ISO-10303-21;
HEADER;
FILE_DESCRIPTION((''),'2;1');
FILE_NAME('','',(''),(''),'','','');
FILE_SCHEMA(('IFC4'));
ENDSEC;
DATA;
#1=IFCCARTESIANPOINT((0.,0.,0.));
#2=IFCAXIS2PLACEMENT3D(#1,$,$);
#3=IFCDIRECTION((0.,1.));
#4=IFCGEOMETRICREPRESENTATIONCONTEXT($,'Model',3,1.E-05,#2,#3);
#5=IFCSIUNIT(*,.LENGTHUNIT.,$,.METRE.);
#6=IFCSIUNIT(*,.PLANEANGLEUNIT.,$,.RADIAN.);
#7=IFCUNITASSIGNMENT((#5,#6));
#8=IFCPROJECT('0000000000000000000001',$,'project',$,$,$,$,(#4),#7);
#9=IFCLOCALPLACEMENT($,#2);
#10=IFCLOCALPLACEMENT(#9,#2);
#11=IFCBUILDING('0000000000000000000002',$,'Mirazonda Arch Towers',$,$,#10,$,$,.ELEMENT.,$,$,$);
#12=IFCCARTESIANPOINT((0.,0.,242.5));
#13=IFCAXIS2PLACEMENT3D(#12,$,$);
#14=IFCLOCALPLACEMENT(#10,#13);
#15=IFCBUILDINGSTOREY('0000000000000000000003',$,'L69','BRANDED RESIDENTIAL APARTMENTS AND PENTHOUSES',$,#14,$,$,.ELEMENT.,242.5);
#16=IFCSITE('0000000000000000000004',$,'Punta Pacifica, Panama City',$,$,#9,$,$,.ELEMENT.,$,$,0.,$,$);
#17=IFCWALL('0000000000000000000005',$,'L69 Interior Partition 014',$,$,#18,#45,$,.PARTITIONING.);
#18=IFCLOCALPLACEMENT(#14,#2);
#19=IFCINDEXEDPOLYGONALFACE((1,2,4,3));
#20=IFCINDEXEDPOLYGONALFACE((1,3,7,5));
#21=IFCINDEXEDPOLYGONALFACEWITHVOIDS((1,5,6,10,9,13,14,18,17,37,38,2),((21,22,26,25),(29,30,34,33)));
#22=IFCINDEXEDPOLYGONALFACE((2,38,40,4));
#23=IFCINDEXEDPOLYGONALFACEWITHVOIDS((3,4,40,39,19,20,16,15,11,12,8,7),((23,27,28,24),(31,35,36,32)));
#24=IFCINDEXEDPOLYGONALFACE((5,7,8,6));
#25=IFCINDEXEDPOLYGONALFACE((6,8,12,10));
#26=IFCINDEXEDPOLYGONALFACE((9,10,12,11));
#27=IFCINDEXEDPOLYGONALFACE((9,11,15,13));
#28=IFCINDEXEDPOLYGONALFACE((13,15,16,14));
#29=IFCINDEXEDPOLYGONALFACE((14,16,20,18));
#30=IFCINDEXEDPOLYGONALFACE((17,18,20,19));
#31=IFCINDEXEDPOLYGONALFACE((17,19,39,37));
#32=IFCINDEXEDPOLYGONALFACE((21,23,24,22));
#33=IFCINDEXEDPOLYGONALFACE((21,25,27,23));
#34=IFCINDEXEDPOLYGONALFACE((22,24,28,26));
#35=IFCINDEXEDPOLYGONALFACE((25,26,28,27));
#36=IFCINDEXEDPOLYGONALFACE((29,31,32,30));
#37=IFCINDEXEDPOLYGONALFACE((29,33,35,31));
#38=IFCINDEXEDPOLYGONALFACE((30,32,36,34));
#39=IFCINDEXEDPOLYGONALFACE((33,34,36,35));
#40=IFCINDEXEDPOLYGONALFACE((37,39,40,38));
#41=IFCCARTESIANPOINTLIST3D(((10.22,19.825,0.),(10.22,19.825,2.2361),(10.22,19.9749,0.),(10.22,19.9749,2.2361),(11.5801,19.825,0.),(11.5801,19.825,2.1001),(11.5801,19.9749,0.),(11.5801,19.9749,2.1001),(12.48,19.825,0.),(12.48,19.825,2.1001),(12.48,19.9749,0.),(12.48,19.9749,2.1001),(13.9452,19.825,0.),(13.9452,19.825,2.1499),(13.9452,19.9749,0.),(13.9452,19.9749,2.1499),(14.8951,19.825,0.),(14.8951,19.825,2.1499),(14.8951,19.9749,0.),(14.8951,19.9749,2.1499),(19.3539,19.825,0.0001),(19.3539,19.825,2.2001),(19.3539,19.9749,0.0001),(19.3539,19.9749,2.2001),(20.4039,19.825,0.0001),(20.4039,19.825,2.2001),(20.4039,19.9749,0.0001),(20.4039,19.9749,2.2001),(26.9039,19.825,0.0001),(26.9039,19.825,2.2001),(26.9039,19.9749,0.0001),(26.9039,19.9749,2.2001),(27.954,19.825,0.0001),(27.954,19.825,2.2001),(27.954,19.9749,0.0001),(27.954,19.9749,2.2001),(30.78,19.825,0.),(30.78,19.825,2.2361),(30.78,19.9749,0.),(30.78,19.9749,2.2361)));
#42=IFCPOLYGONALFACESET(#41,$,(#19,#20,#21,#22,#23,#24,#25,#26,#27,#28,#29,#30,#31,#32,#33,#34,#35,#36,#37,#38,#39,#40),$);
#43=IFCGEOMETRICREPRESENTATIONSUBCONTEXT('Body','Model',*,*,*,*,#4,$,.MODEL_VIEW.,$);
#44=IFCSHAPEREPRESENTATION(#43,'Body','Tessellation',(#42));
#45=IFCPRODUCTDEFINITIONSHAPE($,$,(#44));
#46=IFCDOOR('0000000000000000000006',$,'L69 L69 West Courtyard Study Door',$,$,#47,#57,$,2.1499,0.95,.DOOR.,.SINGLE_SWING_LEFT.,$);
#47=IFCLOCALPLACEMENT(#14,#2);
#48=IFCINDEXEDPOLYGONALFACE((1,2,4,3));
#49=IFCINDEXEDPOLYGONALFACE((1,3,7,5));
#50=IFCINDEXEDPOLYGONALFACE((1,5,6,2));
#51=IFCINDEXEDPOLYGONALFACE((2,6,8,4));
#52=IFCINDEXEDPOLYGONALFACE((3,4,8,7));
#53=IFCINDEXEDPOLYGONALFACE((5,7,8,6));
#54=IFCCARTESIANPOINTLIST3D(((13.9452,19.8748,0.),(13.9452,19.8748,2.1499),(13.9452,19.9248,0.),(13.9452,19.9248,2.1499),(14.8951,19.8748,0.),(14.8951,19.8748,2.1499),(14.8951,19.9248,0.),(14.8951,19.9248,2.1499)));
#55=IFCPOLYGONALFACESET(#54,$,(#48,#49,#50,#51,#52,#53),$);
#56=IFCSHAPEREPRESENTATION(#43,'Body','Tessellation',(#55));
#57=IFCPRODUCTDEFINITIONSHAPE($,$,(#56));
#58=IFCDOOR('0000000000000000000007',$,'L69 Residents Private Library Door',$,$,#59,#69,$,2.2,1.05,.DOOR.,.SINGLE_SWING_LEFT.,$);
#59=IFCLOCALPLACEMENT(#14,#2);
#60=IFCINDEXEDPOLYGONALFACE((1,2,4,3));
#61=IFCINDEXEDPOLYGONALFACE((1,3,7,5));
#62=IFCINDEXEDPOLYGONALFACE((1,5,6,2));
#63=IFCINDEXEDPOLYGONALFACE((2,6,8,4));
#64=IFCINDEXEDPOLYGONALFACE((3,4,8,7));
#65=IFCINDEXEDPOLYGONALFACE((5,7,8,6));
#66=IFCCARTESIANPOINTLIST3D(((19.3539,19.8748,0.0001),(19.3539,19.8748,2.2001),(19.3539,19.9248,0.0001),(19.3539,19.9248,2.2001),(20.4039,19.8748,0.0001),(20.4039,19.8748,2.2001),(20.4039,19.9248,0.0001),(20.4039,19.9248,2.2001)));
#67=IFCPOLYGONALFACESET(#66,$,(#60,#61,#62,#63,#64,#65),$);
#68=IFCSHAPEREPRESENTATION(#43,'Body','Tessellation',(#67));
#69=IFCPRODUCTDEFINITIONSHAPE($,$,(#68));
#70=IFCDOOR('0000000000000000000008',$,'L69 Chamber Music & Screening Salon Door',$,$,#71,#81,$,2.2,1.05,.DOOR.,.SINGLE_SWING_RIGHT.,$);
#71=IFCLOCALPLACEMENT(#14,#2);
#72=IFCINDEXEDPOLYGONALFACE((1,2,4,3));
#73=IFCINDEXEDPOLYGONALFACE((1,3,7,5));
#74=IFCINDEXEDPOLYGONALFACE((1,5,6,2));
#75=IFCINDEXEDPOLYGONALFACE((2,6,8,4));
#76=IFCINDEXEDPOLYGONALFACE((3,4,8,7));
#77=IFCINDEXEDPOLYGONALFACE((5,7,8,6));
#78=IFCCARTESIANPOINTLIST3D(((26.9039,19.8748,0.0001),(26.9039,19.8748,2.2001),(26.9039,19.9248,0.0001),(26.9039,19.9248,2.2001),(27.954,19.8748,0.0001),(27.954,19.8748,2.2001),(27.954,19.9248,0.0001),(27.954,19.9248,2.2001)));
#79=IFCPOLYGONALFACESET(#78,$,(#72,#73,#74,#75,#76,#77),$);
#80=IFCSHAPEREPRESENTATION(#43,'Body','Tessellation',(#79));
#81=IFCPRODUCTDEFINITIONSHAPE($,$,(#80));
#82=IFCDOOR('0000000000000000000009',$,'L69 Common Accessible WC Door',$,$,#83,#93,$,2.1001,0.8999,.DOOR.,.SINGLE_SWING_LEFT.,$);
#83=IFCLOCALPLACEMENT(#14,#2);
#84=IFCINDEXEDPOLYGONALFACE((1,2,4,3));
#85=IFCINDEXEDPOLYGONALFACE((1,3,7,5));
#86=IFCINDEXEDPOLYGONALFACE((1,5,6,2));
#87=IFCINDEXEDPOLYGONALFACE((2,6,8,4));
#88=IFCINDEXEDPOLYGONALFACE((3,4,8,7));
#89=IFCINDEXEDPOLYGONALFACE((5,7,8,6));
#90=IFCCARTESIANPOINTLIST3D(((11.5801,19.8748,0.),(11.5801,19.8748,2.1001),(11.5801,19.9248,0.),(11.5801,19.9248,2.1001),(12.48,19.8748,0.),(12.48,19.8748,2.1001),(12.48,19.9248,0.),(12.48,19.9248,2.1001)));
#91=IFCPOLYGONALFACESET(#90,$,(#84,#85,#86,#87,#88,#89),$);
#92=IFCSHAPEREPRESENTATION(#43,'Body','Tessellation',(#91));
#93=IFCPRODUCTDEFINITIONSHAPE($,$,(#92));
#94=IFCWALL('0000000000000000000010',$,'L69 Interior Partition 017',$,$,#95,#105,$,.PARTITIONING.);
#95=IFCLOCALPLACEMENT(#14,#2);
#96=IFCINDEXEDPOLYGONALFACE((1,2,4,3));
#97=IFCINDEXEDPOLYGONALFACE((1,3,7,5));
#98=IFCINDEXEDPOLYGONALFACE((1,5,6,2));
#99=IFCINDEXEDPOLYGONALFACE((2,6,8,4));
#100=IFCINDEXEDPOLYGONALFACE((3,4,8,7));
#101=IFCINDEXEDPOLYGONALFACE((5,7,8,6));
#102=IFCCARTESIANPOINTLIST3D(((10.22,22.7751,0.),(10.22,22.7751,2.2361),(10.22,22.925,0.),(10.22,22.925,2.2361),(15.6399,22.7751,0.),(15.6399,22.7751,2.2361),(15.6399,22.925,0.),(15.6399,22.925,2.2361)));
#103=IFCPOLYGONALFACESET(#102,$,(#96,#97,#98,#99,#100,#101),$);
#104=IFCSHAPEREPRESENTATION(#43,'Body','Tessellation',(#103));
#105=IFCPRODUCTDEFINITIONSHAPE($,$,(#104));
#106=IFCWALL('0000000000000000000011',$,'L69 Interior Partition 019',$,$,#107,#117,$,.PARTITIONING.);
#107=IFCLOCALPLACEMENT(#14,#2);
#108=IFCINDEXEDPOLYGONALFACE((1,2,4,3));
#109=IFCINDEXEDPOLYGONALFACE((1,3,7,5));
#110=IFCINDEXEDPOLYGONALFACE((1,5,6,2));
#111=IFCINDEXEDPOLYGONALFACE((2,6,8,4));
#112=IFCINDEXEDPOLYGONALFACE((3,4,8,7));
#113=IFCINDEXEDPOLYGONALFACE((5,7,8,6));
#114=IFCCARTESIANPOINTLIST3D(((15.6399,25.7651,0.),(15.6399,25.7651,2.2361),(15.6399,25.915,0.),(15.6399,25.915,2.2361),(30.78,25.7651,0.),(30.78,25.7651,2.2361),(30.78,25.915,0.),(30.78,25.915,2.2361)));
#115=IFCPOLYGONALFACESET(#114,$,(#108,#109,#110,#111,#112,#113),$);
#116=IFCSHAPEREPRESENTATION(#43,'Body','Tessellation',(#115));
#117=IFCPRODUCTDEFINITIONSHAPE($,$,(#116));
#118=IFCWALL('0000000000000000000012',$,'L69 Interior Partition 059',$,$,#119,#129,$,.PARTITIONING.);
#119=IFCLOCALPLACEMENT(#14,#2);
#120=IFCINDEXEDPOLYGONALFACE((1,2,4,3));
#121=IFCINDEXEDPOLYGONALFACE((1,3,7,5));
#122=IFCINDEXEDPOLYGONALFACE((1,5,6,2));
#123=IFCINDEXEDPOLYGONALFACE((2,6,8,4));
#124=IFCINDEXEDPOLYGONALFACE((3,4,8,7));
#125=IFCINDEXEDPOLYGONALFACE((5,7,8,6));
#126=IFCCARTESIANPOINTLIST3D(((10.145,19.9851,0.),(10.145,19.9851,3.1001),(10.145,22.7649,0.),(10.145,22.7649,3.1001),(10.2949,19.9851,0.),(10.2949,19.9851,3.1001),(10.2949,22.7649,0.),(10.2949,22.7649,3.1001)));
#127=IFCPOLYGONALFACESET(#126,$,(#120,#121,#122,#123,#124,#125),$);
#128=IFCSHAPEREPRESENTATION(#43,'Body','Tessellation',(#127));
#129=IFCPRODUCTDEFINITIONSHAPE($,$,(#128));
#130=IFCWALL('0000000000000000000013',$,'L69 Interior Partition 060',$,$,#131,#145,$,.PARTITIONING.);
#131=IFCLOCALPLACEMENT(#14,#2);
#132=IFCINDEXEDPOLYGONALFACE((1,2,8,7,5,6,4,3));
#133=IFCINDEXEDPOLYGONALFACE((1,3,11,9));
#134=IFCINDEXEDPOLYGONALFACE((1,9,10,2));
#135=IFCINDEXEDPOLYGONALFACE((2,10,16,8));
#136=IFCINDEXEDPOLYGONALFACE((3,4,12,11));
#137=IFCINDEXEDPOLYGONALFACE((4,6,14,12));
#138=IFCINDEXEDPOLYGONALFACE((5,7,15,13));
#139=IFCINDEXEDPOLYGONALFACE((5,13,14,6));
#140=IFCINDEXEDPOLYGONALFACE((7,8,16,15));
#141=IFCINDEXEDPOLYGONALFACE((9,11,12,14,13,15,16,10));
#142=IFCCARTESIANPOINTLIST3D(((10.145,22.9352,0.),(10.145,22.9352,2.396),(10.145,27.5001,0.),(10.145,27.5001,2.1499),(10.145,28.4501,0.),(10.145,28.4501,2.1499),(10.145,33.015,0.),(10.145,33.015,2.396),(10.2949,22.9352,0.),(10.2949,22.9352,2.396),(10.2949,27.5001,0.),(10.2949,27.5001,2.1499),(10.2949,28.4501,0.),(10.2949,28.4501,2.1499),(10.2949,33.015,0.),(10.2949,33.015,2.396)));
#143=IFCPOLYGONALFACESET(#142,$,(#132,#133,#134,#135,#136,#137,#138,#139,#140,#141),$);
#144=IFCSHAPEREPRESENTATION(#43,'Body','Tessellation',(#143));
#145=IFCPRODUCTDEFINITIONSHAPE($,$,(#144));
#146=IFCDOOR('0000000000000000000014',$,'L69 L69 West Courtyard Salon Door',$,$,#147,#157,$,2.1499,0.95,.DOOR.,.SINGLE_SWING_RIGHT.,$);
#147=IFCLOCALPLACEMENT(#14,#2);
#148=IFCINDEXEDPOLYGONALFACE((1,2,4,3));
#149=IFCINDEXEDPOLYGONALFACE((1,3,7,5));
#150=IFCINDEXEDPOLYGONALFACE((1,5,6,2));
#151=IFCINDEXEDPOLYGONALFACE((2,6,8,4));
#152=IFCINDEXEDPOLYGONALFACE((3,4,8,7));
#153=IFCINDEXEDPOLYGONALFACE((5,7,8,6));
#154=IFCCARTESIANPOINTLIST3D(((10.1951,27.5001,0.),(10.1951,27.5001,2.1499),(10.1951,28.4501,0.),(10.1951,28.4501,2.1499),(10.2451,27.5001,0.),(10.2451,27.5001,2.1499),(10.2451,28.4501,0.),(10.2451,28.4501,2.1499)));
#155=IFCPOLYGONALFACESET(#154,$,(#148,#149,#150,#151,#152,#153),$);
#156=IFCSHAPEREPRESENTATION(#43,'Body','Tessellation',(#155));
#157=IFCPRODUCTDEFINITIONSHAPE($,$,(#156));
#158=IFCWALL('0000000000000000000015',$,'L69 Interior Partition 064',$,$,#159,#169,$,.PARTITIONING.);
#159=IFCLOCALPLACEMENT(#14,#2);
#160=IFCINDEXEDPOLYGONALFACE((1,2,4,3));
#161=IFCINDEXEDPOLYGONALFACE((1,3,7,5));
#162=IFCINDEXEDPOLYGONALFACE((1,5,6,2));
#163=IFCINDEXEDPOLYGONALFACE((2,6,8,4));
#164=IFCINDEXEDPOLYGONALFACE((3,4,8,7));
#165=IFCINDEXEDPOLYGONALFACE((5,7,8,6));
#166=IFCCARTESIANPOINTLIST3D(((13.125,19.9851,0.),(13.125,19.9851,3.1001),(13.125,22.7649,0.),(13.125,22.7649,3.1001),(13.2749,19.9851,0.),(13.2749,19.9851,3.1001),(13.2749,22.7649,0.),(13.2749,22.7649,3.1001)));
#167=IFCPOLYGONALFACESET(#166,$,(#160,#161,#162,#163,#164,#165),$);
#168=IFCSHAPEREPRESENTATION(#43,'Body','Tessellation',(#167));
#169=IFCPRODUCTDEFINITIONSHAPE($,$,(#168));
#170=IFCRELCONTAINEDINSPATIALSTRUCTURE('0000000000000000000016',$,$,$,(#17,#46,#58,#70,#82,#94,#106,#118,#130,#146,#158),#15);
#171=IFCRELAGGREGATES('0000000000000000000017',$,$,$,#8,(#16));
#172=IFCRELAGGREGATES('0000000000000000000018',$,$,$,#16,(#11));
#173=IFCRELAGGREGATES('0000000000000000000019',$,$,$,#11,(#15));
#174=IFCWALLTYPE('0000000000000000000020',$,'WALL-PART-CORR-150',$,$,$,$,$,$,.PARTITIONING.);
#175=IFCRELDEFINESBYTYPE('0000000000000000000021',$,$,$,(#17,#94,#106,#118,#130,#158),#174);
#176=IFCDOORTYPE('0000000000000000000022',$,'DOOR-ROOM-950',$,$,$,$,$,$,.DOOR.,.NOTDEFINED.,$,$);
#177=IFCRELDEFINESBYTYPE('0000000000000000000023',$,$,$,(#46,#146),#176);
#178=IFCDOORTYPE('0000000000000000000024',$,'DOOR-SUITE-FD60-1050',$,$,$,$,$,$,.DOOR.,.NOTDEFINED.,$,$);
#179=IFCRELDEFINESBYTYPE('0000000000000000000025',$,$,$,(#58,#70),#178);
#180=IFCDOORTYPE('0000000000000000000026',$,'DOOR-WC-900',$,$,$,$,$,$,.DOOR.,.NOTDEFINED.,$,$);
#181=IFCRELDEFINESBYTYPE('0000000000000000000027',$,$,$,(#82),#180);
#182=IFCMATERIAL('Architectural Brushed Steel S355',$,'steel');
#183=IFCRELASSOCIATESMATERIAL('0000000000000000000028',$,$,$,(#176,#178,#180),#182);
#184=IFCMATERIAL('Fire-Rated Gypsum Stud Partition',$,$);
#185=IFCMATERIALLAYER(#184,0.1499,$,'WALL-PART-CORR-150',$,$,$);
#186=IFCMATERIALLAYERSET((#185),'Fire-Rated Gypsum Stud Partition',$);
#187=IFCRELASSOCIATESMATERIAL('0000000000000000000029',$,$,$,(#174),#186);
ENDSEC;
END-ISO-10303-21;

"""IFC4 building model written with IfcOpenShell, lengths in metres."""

from ifc_helpers import new_model, si_unit, direction, frame, frame_2d, origin, place, context, subcontext, project, spatial, rectangle, extrude, material, layer, layer_set, type_object, element, fill, save


model = new_model("IFC4")

# Units and contexts
model_context = context("Model", 3, precision=1e-05, world=origin(), true_north=direction((0.0, 1.0)))
body_context = subcontext(model_context, "Body", "Model", "MODEL_VIEW")
ifc_project = project(units=[si_unit("LENGTHUNIT", "METRE"), si_unit("PLANEANGLEUNIT", "RADIAN")], contexts=[model_context])

# Site, building, storey
site_placement = place(None, origin())
site = spatial("IfcSite", under=ifc_project, at=site_placement, Name="Punta Pacifica, Panama City", CompositionType="ELEMENT", RefElevation=0.0)
building_placement = place(site_placement, origin())
building = spatial("IfcBuilding", under=site, at=building_placement, Name="Mirazonda Arch Towers", CompositionType="ELEMENT")
storey_placement = place(building_placement, frame((0.0, 0.0, 242.5)))
storey = spatial("IfcBuildingStorey", under=building, at=storey_placement, Name="L69", Description="BRANDED RESIDENTIAL APARTMENTS AND PENTHOUSES", CompositionType="ELEMENT", Elevation=242.5)

# Shared definitions
ifc_material_1 = material(Name="Architectural Brushed Steel S355", Category="steel")
door_type_1 = type_object("IfcDoorType", Name="DOOR-ROOM-950", OperationType="NOTDEFINED", PredefinedType="DOOR", material=ifc_material_1)

# Shared definitions
ifc_material_2 = material(Name="Fire-Rated Gypsum Stud Partition")
ifc_layer_1 = layer(ifc_material_2, 0.1499, Name="WALL-PART-CORR-150")
ifc_layer_set_1 = layer_set([ifc_layer_1], Name="Fire-Rated Gypsum Stud Partition")
wall_type_1 = type_object("IfcWallType", Name="WALL-PART-CORR-150", PredefinedType="PARTITIONING", material=ifc_layer_set_1)

# Wall, openings, doors
wall_1_placement = place(storey_placement, frame((10.22, 19.8999, 0.0), z_axis=(0.0, 0.0, 1.0), x_axis=(1.0, 0.0, 0.0)))
wall_1 = element("IfcWall", 1, at=wall_1_placement, inside=storey, type_object=wall_type_1, Name="L69 Interior Partition 014", PredefinedType="PARTITIONING", context=body_context, shape_type="SweptSolid", body=[
    extrude(rectangle(XDim=20.5601, YDim=0.1499, at=frame_2d((10.28, 0.0))), origin(), (0.0, 0.0, 1.0), 2.2361),
])
opening_1_placement = place(wall_1_placement, frame((1.3601, 0.0, 0.0)))
opening_1 = element("IfcOpeningElement", 2, at=opening_1_placement, cuts=wall_1, PredefinedType="OPENING", context=body_context, shape_type="SweptSolid", body=[
    extrude(rectangle(XDim=0.8999, YDim=2.1001, at=frame_2d((0.45, 1.05))), frame((0.0, 0.085, 0.0), z_axis=(0.0, -1.0, 0.0), x_axis=(1.0, 0.0, 0.0)), (0.0, 0.0, 1.0), 0.1699),
])
opening_2_placement = place(wall_1_placement, frame((3.7251, 0.0, 0.0)))
opening_2 = element("IfcOpeningElement", 3, at=opening_2_placement, cuts=wall_1, PredefinedType="OPENING", context=body_context, shape_type="SweptSolid", body=[
    extrude(rectangle(XDim=0.95, YDim=2.1499, at=frame_2d((0.4751, 1.075))), frame((0.0, 0.085, 0.0), z_axis=(0.0, -1.0, 0.0), x_axis=(1.0, 0.0, 0.0)), (0.0, 0.0, 1.0), 0.1699),
])
opening_3_placement = place(wall_1_placement, frame((9.134, 0.0, 0.0)))
opening_3 = element("IfcOpeningElement", 4, at=opening_3_placement, cuts=wall_1, PredefinedType="OPENING", context=body_context, shape_type="SweptSolid", body=[
    extrude(rectangle(XDim=1.05, YDim=2.2, at=frame_2d((0.5249, 1.1001))), frame((0.0, 0.085, 0.0), z_axis=(0.0, -1.0, 0.0), x_axis=(1.0, 0.0, 0.0)), (0.0, 0.0, 1.0), 0.1699),
])
opening_4_placement = place(wall_1_placement, frame((16.6841, 0.0, 0.0)))
opening_4 = element("IfcOpeningElement", 5, at=opening_4_placement, cuts=wall_1, PredefinedType="OPENING", context=body_context, shape_type="SweptSolid", body=[
    extrude(rectangle(XDim=1.05, YDim=2.2, at=frame_2d((0.5249, 1.1001))), frame((0.0, 0.085, 0.0), z_axis=(0.0, -1.0, 0.0), x_axis=(1.0, 0.0, 0.0)), (0.0, 0.0, 1.0), 0.1699),
])
door_1_placement = place(opening_2_placement, origin())
door_1 = element("IfcDoor", 6, at=door_1_placement, inside=storey, type_object=door_type_1, Name="L69 L69 West Courtyard Study Door", OperationType="SINGLE_SWING_LEFT", OverallHeight=2.1499, OverallWidth=0.95, PredefinedType="DOOR", context=body_context, shape_type="SweptSolid", body=[
    extrude(rectangle(XDim=0.95, YDim=2.1499, at=frame_2d((0.4751, 1.075))), frame((0.0, 0.0249, 0.0), z_axis=(0.0, -1.0, 0.0), x_axis=(1.0, 0.0, 0.0)), (0.0, 0.0, 1.0), 0.05),
])
fill(opening_2, door_1)
door_type_2 = type_object("IfcDoorType", Name="DOOR-SUITE-FD60-1050", OperationType="NOTDEFINED", PredefinedType="DOOR", material=ifc_material_1)
door_2_placement = place(opening_3_placement, origin())
door_2 = element("IfcDoor", 7, at=door_2_placement, inside=storey, type_object=door_type_2, Name="L69 Residents Private Library Door", OperationType="SINGLE_SWING_LEFT", OverallHeight=2.2, OverallWidth=1.05, PredefinedType="DOOR", context=body_context, shape_type="SweptSolid", body=[
    extrude(rectangle(XDim=1.05, YDim=2.2, at=frame_2d((0.5249, 1.1001))), frame((0.0, 0.0249, 0.0), z_axis=(0.0, -1.0, 0.0), x_axis=(1.0, 0.0, 0.0)), (0.0, 0.0, 1.0), 0.05),
])
fill(opening_3, door_2)
door_3_placement = place(opening_4_placement, origin())
door_3 = element("IfcDoor", 8, at=door_3_placement, inside=storey, type_object=door_type_2, Name="L69 Chamber Music & Screening Salon Door", OperationType="SINGLE_SWING_RIGHT", OverallHeight=2.2, OverallWidth=1.05, PredefinedType="DOOR", context=body_context, shape_type="SweptSolid", body=[
    extrude(rectangle(XDim=1.05, YDim=2.2, at=frame_2d((0.5249, 1.1001))), frame((0.0, 0.0249, 0.0), z_axis=(0.0, -1.0, 0.0), x_axis=(1.0, 0.0, 0.0)), (0.0, 0.0, 1.0), 0.05),
])
fill(opening_4, door_3)
door_type_3 = type_object("IfcDoorType", Name="DOOR-WC-900", OperationType="NOTDEFINED", PredefinedType="DOOR", material=ifc_material_1)
door_4_placement = place(opening_1_placement, origin())
door_4 = element("IfcDoor", 9, at=door_4_placement, inside=storey, type_object=door_type_3, Name="L69 Common Accessible WC Door", OperationType="SINGLE_SWING_LEFT", OverallHeight=2.1001, OverallWidth=0.8999, PredefinedType="DOOR", context=body_context, shape_type="SweptSolid", body=[
    extrude(rectangle(XDim=0.8999, YDim=2.1001, at=frame_2d((0.45, 1.05))), frame((0.0, 0.0249, 0.0), z_axis=(0.0, -1.0, 0.0), x_axis=(1.0, 0.0, 0.0)), (0.0, 0.0, 1.0), 0.05),
])
fill(opening_1, door_4)

# Walls
wall_2_placement = place(storey_placement, frame((10.22, 22.8501, 0.0), z_axis=(0.0, 0.0, 1.0), x_axis=(1.0, 0.0, 0.0)))
element("IfcWall", 10, at=wall_2_placement, inside=storey, type_object=wall_type_1, Name="L69 Interior Partition 017", PredefinedType="PARTITIONING", context=body_context, shape_type="SweptSolid", body=[
    extrude(rectangle(XDim=5.4199, YDim=0.1499, at=frame_2d((2.71, 0.0))), origin(), (0.0, 0.0, 1.0), 2.2361),
])
wall_3_placement = place(storey_placement, frame((15.6399, 25.8401, 0.0), z_axis=(0.0, 0.0, 1.0), x_axis=(1.0, 0.0, 0.0)))
element("IfcWall", 11, at=wall_3_placement, inside=storey, type_object=wall_type_1, Name="L69 Interior Partition 019", PredefinedType="PARTITIONING", context=body_context, shape_type="SweptSolid", body=[
    extrude(rectangle(XDim=15.1401, YDim=0.1499, at=frame_2d((7.5701, 0.0))), origin(), (0.0, 0.0, 1.0), 2.2361),
])
wall_4_placement = place(storey_placement, frame((10.22, 19.9851, 0.0), z_axis=(0.0, 0.0, 1.0), x_axis=(0.0, 1.0, 0.0)))
element("IfcWall", 12, at=wall_4_placement, inside=storey, type_object=wall_type_1, Name="L69 Interior Partition 059", PredefinedType="PARTITIONING", context=body_context, shape_type="SweptSolid", body=[
    extrude(rectangle(XDim=2.7798, YDim=0.1499, at=frame_2d((1.3899, 0.0))), origin(), (0.0, 0.0, 1.0), 3.1001),
])

# Wall, opening, door
wall_5_placement = place(storey_placement, frame((10.22, 22.9351, 0.0), z_axis=(0.0, 0.0, 1.0), x_axis=(0.0, 1.0, 0.0)))
wall_5 = element("IfcWall", 13, at=wall_5_placement, inside=storey, type_object=wall_type_1, Name="L69 Interior Partition 060", PredefinedType="PARTITIONING", context=body_context, shape_type="SweptSolid", body=[
    extrude(rectangle(XDim=10.0798, YDim=0.1499, at=frame_2d((5.04, 0.0))), origin(), (0.0, 0.0, 1.0), 2.396),
])
opening_5_placement = place(wall_5_placement, frame((4.5649, 0.0, 0.0)))
opening_5 = element("IfcOpeningElement", 14, at=opening_5_placement, cuts=wall_5, PredefinedType="OPENING", context=body_context, shape_type="SweptSolid", body=[
    extrude(rectangle(XDim=0.95, YDim=2.1499, at=frame_2d((0.4751, 1.075))), frame((0.0, 0.085, 0.0), z_axis=(0.0, -1.0, 0.0), x_axis=(1.0, 0.0, 0.0)), (0.0, 0.0, 1.0), 0.1699),
])
door_5_placement = place(opening_5_placement, origin())
door_5 = element("IfcDoor", 15, at=door_5_placement, inside=storey, type_object=door_type_1, Name="L69 L69 West Courtyard Salon Door", OperationType="SINGLE_SWING_RIGHT", OverallHeight=2.1499, OverallWidth=0.95, PredefinedType="DOOR", context=body_context, shape_type="SweptSolid", body=[
    extrude(rectangle(XDim=0.95, YDim=2.1499, at=frame_2d((0.4751, 1.075))), frame((0.0, 0.0249, 0.0), z_axis=(0.0, -1.0, 0.0), x_axis=(1.0, 0.0, 0.0)), (0.0, 0.0, 1.0), 0.05),
])
fill(opening_5, door_5)

# Wall
wall_6_placement = place(storey_placement, frame((13.2, 19.9851, 0.0), z_axis=(0.0, 0.0, 1.0), x_axis=(0.0, 1.0, 0.0)))
element("IfcWall", 16, at=wall_6_placement, inside=storey, type_object=wall_type_1, Name="L69 Interior Partition 064", PredefinedType="PARTITIONING", context=body_context, shape_type="SweptSolid", body=[
    extrude(rectangle(XDim=2.7798, YDim=0.1499, at=frame_2d((1.3899, 0.0))), origin(), (0.0, 0.0, 1.0), 3.1001),
])

save(model, "model.ifc")
